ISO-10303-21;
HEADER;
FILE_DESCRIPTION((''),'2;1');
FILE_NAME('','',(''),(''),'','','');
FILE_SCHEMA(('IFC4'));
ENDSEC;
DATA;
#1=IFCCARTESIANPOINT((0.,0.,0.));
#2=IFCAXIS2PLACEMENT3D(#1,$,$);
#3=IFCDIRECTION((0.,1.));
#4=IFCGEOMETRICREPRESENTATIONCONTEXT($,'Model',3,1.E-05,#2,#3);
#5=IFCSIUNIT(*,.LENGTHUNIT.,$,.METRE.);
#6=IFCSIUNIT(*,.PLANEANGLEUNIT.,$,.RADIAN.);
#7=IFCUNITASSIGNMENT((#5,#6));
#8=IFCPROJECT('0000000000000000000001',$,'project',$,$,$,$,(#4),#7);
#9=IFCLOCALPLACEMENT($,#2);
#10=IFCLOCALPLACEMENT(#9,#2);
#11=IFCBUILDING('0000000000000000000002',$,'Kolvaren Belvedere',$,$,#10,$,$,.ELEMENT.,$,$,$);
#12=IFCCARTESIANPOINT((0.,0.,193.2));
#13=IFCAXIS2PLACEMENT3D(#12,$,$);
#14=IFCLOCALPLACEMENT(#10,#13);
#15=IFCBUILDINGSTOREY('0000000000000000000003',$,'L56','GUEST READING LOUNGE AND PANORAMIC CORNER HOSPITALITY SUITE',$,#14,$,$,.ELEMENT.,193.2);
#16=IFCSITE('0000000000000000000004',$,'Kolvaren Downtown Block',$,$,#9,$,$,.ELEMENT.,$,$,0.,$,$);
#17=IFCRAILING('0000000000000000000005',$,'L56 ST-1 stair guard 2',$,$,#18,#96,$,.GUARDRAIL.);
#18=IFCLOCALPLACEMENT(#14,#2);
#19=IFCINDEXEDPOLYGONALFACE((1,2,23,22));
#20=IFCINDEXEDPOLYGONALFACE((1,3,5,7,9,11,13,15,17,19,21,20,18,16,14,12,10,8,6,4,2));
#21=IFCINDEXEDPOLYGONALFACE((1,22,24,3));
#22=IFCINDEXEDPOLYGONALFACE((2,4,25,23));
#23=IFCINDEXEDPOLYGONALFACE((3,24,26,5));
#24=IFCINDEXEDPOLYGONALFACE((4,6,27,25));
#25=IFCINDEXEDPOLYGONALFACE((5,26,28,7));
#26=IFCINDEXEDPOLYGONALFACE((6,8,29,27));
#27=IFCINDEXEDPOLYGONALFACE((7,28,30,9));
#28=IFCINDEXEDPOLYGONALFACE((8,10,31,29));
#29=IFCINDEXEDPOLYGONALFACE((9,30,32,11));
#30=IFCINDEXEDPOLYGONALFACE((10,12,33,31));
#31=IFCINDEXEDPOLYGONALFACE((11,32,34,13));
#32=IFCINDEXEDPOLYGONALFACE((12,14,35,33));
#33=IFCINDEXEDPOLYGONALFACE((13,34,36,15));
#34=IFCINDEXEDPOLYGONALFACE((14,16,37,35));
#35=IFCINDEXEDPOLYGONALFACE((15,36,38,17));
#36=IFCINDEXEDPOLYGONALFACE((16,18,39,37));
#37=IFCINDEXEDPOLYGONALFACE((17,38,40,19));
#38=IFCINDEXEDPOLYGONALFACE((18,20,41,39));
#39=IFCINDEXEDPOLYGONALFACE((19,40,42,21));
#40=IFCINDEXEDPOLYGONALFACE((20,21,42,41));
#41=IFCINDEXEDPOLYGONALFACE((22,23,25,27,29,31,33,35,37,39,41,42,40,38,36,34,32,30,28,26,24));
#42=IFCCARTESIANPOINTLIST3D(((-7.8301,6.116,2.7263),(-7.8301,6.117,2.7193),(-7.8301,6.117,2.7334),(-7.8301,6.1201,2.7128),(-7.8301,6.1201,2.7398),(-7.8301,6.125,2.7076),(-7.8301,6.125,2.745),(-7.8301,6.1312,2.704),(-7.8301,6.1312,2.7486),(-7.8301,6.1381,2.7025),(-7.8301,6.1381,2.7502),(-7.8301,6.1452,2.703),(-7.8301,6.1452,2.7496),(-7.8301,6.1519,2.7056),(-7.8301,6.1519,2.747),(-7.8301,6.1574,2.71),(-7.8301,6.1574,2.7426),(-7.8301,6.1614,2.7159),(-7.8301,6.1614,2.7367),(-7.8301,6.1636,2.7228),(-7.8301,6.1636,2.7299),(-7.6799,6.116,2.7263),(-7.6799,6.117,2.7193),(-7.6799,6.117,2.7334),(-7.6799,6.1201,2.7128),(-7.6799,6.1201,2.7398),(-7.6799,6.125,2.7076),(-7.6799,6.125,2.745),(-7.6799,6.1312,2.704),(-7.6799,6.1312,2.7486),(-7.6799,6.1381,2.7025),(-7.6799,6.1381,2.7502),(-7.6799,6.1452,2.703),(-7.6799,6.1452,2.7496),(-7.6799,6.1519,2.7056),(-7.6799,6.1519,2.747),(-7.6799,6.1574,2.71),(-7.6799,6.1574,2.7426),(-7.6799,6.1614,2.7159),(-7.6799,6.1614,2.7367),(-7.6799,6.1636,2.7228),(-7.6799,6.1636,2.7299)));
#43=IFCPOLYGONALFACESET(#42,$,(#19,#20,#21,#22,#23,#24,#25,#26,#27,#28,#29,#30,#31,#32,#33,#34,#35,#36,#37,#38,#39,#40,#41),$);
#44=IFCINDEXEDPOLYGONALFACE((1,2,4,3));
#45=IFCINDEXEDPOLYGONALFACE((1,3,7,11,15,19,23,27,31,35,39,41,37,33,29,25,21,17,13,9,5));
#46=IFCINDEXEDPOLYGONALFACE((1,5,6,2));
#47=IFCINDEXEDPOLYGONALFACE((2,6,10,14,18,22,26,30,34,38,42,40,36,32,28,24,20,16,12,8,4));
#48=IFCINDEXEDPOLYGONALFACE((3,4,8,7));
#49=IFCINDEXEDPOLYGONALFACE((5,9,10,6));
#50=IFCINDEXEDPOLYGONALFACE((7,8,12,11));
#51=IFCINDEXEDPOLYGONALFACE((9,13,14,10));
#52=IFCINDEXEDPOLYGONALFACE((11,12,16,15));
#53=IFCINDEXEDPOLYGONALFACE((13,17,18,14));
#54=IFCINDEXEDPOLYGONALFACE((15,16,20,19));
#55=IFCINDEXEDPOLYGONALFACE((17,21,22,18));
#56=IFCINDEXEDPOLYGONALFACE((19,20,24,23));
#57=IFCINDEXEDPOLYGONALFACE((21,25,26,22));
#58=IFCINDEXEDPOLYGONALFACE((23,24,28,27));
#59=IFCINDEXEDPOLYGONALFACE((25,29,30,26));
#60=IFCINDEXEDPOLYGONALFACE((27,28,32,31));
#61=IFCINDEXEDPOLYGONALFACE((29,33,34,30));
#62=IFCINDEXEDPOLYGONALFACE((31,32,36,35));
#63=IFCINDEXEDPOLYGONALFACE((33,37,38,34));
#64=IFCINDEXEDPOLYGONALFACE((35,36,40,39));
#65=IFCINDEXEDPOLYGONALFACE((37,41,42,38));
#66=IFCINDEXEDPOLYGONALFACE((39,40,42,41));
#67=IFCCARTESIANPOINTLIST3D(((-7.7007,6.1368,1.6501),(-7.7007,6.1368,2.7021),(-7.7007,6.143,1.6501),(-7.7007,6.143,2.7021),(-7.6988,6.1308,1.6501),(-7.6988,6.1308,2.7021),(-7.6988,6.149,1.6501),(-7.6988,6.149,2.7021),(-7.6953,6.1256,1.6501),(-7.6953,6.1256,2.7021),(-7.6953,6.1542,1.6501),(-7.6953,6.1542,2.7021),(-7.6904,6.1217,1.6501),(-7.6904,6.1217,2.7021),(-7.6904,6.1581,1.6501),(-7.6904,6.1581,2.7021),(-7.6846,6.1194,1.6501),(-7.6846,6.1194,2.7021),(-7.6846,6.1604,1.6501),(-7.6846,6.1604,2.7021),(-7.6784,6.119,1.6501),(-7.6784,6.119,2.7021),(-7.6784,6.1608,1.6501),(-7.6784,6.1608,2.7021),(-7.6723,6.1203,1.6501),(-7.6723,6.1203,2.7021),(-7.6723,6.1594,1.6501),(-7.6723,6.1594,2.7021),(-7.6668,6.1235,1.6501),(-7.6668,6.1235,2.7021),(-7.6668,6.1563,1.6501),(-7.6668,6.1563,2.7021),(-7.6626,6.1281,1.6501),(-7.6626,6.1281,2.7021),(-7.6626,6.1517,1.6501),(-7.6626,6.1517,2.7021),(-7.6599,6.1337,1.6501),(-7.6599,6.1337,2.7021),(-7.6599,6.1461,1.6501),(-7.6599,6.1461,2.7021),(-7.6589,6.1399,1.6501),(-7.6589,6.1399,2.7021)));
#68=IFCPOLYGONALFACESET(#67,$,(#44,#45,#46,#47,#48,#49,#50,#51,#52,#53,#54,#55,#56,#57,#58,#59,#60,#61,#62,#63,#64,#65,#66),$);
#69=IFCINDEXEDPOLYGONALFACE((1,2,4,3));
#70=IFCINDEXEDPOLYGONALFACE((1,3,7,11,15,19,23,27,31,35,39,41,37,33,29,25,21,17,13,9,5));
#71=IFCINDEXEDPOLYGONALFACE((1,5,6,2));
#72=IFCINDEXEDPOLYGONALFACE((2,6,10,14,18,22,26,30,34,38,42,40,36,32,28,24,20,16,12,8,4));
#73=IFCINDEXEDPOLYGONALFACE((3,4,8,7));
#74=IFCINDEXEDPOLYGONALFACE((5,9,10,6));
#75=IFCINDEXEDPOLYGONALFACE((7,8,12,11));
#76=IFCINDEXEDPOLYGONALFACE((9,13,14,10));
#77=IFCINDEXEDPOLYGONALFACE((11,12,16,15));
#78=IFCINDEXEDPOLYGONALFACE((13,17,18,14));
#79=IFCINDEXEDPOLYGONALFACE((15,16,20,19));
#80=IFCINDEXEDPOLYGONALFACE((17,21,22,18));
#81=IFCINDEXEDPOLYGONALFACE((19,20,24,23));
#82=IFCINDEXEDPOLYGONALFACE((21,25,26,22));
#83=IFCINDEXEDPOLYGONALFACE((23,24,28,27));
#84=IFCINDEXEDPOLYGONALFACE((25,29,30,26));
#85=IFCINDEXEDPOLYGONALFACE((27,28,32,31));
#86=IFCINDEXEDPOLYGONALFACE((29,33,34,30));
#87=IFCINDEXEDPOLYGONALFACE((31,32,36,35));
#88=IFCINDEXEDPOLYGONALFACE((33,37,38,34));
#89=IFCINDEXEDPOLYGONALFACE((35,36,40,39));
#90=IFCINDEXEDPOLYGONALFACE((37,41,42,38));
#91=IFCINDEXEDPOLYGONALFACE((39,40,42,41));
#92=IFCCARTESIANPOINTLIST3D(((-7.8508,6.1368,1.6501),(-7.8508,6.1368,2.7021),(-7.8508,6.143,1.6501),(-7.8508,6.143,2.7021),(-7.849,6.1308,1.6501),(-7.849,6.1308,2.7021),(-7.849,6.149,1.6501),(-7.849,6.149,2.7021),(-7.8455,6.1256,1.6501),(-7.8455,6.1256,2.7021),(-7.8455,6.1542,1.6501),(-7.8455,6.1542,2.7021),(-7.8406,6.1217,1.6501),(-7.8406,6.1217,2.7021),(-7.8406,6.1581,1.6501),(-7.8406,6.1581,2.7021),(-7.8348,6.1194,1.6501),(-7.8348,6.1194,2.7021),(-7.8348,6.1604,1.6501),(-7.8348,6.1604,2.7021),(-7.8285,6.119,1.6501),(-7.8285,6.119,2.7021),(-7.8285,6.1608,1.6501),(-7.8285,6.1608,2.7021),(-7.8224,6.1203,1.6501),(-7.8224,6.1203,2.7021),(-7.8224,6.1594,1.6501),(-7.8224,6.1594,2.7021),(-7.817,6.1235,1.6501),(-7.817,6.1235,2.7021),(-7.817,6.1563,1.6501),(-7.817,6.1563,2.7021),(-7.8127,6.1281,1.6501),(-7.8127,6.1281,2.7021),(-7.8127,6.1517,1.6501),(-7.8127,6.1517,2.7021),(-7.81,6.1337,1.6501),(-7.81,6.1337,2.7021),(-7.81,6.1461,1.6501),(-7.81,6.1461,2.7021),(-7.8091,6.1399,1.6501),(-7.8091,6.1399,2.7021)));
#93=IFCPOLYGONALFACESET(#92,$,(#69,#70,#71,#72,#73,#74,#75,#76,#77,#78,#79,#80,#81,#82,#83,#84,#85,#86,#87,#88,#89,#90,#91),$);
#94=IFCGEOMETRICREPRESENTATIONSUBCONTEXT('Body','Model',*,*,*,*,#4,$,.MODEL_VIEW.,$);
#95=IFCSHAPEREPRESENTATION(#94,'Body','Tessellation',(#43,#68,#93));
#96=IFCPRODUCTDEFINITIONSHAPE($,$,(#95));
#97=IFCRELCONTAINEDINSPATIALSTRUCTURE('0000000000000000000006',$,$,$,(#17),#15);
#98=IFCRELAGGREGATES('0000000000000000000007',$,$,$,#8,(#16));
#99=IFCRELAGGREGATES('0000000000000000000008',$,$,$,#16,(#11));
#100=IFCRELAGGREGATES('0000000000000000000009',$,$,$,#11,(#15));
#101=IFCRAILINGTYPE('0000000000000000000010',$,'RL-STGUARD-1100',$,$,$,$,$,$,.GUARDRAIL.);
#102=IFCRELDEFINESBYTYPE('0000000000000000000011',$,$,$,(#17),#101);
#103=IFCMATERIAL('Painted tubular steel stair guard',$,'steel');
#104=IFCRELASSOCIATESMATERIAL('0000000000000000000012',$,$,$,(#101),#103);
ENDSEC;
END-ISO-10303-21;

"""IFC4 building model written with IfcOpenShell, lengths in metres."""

from ifc_helpers import new_model, si_unit, direction, frame, origin, origin_2d, place, context, subcontext, project, spatial, circle, extrude, material, type_object, element, save


model = new_model("IFC4")

# Units and contexts
model_context = context("Model", 3, precision=1e-05, world=origin(), true_north=direction((0.0, 1.0)))
body_context = subcontext(model_context, "Body", "Model", "MODEL_VIEW")
ifc_project = project(units=[si_unit("LENGTHUNIT", "METRE"), si_unit("PLANEANGLEUNIT", "RADIAN")], contexts=[model_context])

# Site, building, storey
site_placement = place(None, origin())
site = spatial("IfcSite", under=ifc_project, at=site_placement, Name="Kolvaren Downtown Block", CompositionType="ELEMENT", RefElevation=0.0)
building_placement = place(site_placement, origin())
building = spatial("IfcBuilding", under=site, at=building_placement, Name="Kolvaren Belvedere", CompositionType="ELEMENT")
storey_placement = place(building_placement, frame((0.0, 0.0, 193.2)))
storey = spatial("IfcBuildingStorey", under=building, at=storey_placement, Name="L56", Description="GUEST READING LOUNGE AND PANORAMIC CORNER HOSPITALITY SUITE", CompositionType="ELEMENT", Elevation=193.2)

# Railing
ifc_material_1 = material(Name="Painted tubular steel stair guard", Category="steel")
railing_type_1 = type_object("IfcRailingType", Name="RL-STGUARD-1100", PredefinedType="GUARDRAIL", material=ifc_material_1)
railing_1_placement = place(storey_placement, frame((-7.6799, 6.1399, 1.6501)))
element("IfcRailing", 1, at=railing_1_placement, inside=storey, type_object=railing_type_1, Name="L56 ST-1 stair guard 2", PredefinedType="GUARDRAIL", context=body_context, shape_type="SweptSolid", body=[
    extrude(circle(Radius=0.0239, at=origin_2d()), frame((0.0, 0.0, 1.0762), z_axis=(-1.0, 0.0, 0.0), x_axis=(0.0, -1.0, 0.0)), (0.0, 0.0, 1.0), 0.1501),
    extrude(circle(Radius=0.021, at=origin_2d()), origin(), (0.0, 0.0, 1.0), 1.052),
    extrude(circle(Radius=0.021, at=origin_2d()), frame((-0.1501, 0.0, 0.0)), (0.0, 0.0, 1.0), 1.052),
])

save(model, "model.ifc")
